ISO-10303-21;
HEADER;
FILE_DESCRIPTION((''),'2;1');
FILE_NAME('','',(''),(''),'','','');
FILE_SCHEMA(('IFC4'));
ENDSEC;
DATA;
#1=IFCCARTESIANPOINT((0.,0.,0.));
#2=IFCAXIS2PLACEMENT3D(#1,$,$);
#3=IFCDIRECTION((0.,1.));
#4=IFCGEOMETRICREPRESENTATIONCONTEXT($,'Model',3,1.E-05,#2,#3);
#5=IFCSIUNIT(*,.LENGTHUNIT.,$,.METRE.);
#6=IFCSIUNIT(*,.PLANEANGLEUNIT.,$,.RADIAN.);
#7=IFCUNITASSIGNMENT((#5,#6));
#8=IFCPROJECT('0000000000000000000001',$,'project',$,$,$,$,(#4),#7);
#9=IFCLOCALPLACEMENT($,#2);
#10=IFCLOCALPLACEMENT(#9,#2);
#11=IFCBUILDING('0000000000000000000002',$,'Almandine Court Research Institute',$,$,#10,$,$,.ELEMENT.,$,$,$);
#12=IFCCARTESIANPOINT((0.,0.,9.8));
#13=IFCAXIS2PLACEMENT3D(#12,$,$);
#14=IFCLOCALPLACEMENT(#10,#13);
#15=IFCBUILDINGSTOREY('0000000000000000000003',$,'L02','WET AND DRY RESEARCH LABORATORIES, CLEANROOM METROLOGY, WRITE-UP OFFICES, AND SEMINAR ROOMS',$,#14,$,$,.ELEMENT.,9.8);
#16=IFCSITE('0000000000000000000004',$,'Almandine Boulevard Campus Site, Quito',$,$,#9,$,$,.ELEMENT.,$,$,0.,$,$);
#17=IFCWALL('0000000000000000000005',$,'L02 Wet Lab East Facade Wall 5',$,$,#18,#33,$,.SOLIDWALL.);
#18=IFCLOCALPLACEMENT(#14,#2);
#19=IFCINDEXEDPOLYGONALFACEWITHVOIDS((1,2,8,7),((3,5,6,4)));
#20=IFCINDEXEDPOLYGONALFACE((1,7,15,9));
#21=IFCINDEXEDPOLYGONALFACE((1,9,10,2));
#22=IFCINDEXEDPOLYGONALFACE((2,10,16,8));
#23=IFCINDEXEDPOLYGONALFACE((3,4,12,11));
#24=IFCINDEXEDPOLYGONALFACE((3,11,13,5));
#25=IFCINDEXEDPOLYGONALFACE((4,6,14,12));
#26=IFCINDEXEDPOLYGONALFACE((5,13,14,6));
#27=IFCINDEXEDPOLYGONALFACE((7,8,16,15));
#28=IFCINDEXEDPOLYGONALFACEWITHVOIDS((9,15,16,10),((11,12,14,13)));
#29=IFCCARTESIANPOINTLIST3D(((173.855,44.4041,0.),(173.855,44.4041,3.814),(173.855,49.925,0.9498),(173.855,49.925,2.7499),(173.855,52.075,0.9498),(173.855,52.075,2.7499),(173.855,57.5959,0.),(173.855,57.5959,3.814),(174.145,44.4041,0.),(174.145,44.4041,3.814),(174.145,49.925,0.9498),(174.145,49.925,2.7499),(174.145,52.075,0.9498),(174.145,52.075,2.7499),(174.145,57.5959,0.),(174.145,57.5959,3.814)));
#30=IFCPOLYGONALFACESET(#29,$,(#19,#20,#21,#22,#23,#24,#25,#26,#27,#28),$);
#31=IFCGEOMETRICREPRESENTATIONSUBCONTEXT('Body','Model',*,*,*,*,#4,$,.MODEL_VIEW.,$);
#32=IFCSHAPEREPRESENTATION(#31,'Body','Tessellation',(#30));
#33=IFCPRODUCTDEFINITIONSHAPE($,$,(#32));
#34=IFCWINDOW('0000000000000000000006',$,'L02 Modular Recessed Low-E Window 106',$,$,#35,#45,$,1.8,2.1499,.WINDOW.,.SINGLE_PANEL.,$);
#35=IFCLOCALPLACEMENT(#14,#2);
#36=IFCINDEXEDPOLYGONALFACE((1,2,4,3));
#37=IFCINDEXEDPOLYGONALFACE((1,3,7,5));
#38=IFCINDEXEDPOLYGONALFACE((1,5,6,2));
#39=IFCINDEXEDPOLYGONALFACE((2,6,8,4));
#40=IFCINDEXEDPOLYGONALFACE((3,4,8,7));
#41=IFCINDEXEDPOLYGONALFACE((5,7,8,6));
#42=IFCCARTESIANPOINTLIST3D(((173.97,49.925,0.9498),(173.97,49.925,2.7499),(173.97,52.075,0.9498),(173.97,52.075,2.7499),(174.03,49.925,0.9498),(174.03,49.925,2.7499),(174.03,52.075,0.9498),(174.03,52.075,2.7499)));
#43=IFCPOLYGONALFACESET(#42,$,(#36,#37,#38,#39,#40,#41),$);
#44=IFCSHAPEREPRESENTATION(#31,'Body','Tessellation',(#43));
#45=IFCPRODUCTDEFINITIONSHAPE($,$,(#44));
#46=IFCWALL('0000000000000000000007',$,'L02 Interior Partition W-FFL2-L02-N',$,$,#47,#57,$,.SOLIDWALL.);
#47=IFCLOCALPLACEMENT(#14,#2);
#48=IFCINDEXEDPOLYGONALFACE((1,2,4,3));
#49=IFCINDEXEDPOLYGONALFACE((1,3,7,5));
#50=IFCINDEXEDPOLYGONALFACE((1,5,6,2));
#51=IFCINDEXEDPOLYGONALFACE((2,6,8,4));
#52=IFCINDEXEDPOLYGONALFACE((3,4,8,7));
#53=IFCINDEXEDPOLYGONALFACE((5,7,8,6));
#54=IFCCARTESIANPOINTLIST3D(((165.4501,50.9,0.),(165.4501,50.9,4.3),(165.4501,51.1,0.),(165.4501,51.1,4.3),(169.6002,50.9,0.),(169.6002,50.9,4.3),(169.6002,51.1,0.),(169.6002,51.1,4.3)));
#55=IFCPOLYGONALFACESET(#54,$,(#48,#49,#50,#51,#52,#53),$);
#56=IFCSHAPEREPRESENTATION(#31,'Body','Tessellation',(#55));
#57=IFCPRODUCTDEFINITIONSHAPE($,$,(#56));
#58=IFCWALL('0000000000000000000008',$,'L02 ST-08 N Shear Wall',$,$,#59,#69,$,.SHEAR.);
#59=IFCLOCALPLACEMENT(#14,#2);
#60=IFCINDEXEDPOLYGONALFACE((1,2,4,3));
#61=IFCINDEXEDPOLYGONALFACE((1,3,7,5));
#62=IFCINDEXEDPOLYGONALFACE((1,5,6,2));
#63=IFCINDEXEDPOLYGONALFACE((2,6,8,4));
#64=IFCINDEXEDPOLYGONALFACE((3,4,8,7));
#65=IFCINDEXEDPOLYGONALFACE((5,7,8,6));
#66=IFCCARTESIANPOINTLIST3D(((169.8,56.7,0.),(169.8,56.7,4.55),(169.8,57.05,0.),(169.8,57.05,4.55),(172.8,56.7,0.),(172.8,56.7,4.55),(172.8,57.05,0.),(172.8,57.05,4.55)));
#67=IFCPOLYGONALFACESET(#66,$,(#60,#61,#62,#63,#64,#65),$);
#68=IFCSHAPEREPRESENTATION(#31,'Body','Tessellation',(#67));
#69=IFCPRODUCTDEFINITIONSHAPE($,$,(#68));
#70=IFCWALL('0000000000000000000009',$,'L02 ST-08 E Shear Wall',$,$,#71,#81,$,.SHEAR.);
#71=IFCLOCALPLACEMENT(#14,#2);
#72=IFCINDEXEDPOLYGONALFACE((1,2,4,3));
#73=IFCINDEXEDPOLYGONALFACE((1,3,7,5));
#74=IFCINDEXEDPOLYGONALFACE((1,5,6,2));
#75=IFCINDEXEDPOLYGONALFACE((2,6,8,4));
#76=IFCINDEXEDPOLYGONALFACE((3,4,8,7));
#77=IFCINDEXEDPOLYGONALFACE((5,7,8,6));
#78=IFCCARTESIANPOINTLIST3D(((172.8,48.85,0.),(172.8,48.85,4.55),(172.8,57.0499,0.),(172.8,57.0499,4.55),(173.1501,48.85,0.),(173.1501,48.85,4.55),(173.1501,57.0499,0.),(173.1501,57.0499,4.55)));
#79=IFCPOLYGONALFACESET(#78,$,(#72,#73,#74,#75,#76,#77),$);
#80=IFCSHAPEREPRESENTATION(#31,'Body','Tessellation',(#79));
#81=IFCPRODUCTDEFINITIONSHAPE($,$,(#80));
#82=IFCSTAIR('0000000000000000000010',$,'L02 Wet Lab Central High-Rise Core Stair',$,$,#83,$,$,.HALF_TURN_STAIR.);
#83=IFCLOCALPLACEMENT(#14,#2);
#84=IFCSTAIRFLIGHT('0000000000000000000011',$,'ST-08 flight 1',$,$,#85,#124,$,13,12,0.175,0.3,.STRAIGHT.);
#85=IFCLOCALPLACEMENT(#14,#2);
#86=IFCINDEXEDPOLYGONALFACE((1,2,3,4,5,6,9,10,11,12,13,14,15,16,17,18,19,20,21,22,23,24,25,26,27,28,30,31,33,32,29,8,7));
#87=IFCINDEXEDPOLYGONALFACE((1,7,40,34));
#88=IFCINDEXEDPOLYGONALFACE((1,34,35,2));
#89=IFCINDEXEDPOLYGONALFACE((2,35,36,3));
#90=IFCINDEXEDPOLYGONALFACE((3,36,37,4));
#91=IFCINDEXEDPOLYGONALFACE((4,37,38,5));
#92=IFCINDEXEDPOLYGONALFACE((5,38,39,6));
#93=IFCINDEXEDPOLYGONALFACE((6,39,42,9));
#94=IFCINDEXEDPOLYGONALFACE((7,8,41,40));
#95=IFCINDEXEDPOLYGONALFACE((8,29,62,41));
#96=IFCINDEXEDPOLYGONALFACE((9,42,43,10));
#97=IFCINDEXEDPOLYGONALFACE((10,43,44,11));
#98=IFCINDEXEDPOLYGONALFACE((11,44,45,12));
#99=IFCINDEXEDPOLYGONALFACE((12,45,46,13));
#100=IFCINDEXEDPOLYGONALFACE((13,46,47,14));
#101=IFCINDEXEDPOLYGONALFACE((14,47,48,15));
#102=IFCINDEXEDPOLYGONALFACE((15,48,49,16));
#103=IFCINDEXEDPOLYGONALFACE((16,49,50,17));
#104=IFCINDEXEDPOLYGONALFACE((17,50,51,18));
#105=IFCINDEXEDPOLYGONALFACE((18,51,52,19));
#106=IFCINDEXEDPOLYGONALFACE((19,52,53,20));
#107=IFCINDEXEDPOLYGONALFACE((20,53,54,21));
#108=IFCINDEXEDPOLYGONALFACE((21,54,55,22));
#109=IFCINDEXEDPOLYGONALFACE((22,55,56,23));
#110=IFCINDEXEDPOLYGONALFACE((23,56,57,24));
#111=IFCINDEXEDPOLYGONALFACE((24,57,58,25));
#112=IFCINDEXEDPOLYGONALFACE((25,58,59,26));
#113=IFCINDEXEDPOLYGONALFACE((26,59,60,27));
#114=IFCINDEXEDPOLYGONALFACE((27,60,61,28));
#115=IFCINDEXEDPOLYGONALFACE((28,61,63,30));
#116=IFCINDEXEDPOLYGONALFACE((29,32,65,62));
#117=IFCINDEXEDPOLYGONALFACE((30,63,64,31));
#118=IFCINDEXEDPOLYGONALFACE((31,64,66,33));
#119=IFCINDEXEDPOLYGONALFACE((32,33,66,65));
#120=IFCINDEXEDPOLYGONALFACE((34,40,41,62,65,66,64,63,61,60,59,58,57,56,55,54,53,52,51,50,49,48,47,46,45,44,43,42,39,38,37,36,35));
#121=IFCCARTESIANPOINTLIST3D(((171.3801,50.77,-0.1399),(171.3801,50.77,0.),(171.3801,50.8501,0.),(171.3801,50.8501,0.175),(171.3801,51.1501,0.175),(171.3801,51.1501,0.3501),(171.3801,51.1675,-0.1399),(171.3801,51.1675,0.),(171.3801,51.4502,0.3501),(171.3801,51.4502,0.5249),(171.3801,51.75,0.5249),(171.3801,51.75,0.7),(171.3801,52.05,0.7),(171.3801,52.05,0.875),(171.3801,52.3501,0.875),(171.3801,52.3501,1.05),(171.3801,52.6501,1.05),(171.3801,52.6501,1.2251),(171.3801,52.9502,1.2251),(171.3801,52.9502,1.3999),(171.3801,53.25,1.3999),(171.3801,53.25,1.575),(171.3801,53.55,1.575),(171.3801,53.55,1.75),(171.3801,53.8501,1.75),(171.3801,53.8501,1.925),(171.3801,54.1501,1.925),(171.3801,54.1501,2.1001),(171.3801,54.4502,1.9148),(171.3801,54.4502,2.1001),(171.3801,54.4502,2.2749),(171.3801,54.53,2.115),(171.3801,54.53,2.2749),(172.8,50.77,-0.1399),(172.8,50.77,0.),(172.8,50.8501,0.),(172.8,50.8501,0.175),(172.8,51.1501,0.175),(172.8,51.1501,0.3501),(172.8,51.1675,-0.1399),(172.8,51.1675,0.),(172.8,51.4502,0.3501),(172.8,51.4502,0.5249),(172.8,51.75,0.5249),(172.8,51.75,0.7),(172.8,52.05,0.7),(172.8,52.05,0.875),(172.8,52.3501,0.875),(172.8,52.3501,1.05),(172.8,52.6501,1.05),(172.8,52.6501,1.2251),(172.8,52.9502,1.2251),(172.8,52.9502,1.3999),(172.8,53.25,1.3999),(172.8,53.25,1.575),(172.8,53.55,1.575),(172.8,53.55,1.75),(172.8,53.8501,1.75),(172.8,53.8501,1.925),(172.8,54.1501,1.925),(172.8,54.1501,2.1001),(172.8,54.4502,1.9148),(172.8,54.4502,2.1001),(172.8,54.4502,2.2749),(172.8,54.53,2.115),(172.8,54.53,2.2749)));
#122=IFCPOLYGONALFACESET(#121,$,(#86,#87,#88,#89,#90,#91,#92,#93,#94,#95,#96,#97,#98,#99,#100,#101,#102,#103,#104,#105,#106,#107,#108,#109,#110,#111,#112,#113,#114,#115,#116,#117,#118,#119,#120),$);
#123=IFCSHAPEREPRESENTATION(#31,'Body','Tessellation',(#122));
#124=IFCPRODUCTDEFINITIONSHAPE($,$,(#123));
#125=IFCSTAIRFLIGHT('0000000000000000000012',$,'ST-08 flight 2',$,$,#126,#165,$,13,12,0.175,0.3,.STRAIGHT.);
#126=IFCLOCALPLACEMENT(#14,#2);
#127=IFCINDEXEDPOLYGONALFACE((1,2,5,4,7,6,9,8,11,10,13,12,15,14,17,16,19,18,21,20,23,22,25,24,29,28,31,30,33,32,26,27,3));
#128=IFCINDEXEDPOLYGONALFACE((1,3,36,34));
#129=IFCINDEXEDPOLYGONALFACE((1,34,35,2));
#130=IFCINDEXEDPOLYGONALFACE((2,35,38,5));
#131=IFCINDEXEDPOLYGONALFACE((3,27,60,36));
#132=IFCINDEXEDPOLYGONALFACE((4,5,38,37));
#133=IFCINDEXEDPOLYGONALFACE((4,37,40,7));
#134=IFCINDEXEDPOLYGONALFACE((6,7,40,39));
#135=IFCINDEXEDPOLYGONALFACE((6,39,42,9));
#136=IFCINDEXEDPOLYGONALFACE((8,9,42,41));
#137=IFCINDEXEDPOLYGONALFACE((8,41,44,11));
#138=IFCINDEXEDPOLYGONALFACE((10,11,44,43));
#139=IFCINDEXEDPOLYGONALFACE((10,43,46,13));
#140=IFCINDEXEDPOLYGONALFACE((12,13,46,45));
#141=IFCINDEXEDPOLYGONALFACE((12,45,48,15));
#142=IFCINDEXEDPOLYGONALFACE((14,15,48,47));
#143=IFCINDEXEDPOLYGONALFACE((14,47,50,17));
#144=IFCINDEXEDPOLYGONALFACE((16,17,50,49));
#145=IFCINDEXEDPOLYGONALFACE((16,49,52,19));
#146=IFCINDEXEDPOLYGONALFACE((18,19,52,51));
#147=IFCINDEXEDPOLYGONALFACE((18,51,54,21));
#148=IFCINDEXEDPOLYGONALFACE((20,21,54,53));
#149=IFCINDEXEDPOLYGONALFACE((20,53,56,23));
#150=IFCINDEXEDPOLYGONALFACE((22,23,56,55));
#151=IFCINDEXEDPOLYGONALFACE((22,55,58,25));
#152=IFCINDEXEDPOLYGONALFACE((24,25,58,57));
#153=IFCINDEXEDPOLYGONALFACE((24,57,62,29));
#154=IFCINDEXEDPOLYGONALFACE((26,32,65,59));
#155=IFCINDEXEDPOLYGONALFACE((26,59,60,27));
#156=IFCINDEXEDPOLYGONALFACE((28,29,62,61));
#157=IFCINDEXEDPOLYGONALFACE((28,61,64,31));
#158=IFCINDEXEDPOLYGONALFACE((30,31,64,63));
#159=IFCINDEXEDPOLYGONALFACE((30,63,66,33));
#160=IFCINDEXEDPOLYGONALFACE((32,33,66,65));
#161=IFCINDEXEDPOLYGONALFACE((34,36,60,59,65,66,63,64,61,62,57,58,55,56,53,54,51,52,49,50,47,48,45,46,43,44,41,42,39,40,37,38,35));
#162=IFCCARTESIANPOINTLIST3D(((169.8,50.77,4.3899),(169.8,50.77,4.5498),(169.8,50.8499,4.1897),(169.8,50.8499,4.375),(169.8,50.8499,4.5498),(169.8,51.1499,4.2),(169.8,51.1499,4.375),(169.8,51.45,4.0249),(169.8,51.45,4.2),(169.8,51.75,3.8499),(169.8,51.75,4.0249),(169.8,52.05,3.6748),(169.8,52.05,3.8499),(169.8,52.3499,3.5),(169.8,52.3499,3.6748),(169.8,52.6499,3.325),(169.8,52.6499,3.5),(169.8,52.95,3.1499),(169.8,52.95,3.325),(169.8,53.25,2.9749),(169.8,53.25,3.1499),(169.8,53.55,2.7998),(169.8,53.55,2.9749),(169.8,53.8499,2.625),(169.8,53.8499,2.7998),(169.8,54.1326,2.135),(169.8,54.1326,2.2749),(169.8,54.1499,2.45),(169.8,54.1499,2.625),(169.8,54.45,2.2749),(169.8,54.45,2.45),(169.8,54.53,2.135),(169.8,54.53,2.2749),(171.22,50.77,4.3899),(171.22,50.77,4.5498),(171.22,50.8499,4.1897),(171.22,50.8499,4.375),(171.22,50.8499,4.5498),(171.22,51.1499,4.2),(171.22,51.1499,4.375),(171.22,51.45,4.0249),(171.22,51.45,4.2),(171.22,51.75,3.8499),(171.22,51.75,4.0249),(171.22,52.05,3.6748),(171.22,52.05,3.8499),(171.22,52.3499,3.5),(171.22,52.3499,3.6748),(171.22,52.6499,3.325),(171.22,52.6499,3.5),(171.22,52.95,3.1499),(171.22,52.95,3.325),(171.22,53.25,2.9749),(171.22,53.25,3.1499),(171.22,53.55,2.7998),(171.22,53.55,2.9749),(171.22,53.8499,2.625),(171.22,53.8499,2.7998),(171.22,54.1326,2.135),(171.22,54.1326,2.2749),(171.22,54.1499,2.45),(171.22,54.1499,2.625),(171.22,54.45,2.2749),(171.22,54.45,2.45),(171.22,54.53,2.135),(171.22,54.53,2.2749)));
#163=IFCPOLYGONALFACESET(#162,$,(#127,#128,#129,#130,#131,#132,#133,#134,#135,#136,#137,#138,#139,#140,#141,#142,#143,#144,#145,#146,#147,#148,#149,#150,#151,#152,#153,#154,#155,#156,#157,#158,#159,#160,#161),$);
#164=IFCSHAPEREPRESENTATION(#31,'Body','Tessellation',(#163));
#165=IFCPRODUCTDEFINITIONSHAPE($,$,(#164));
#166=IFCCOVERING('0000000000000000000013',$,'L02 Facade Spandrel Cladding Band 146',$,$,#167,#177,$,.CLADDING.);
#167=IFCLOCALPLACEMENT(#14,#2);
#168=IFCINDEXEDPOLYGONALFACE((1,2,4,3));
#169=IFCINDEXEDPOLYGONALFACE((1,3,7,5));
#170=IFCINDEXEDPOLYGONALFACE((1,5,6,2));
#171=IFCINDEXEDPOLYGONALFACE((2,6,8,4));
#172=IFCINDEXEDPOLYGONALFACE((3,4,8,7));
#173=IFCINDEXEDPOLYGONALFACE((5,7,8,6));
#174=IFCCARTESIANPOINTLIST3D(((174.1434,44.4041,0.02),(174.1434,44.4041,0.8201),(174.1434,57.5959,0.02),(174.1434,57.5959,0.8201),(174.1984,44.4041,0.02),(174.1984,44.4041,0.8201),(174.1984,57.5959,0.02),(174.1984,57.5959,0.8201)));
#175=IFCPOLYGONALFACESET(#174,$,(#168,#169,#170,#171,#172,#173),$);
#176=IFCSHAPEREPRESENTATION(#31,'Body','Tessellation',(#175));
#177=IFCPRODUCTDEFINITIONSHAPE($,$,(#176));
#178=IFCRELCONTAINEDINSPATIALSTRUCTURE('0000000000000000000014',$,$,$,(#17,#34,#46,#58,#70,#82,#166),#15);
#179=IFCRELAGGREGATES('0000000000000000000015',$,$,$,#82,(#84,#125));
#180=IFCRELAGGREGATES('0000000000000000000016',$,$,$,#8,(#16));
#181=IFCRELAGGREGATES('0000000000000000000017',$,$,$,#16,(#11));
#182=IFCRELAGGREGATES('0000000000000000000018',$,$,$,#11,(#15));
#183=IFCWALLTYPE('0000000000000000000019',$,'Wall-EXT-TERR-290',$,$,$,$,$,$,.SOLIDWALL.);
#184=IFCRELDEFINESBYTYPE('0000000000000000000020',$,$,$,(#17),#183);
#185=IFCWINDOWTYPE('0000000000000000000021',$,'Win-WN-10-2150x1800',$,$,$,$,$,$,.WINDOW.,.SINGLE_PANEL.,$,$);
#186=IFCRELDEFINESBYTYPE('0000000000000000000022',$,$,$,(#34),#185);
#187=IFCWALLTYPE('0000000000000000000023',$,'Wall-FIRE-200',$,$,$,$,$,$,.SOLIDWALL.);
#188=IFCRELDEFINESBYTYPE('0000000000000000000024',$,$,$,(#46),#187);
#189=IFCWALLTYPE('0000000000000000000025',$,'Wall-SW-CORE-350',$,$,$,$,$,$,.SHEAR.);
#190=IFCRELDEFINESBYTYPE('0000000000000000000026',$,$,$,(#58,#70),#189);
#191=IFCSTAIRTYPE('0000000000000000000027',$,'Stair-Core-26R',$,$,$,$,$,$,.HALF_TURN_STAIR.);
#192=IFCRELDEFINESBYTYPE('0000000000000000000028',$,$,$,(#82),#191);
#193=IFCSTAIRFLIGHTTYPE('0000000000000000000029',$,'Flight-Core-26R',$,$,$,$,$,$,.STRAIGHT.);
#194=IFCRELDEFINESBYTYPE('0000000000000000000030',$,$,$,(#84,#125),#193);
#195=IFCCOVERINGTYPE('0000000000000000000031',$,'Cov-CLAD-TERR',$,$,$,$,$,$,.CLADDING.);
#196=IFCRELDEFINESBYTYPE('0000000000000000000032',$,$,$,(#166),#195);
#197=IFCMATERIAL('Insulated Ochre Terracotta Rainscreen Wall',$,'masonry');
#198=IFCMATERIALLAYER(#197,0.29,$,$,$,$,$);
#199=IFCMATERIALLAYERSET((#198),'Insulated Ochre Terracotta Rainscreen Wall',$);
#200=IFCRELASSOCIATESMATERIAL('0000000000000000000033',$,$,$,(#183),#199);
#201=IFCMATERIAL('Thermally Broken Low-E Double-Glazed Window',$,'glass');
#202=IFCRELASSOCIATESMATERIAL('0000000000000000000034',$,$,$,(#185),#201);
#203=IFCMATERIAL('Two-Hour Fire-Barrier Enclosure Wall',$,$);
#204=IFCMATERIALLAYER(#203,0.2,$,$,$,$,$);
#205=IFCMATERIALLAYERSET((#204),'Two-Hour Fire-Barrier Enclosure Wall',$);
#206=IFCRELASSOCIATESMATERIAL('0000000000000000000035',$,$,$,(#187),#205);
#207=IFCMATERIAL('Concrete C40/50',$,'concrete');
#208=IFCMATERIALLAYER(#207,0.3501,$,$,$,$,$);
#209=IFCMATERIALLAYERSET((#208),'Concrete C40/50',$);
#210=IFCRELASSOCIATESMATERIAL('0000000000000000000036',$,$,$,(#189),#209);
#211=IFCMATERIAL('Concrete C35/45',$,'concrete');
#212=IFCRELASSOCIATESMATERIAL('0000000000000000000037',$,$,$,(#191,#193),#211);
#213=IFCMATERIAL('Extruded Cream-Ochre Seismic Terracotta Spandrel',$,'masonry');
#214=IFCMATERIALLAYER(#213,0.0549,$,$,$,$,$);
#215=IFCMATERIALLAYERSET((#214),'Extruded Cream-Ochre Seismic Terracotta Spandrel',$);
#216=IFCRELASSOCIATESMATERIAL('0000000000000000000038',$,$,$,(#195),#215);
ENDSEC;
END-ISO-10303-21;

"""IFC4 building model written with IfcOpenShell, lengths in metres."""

from ifc_helpers import new_model, si_unit, direction, frame, frame_2d, origin, origin_2d, place, context, subcontext, project, spatial, polyline, rectangle, outline, extrude, material, layer, layer_set, type_object, element, fill, aggregate, save


model = new_model("IFC4")

# Units and contexts
model_context = context("Model", 3, precision=1e-05, world=origin(), true_north=direction((0.0, 1.0)))
body_context = subcontext(model_context, "Body", "Model", "MODEL_VIEW")
ifc_project = project(units=[si_unit("LENGTHUNIT", "METRE"), si_unit("PLANEANGLEUNIT", "RADIAN")], contexts=[model_context])

# Site, building, storey
site_placement = place(None, origin())
site = spatial("IfcSite", under=ifc_project, at=site_placement, Name="Almandine Boulevard Campus Site, Quito", CompositionType="ELEMENT", RefElevation=0.0)
building_placement = place(site_placement, origin())
building = spatial("IfcBuilding", under=site, at=building_placement, Name="Almandine Court Research Institute", CompositionType="ELEMENT")
storey_placement = place(building_placement, frame((0.0, 0.0, 9.8)))
storey = spatial("IfcBuildingStorey", under=building, at=storey_placement, Name="L02", Description="WET AND DRY RESEARCH LABORATORIES, CLEANROOM METROLOGY, WRITE-UP OFFICES, AND SEMINAR ROOMS", CompositionType="ELEMENT", Elevation=9.8)

# Wall, opening, window
ifc_material_1 = material(Name="Insulated Ochre Terracotta Rainscreen Wall", Category="masonry")
ifc_layer_1 = layer(ifc_material_1, 0.29)
ifc_layer_set_1 = layer_set([ifc_layer_1], Name="Insulated Ochre Terracotta Rainscreen Wall")
wall_type_1 = type_object("IfcWallType", Name="Wall-EXT-TERR-290", PredefinedType="SOLIDWALL", material=ifc_layer_set_1)
wall_1_placement = place(storey_placement, frame((174.0, 57.5959, 0.0), z_axis=(0.0, 0.0, 1.0), x_axis=(0.0, -1.0, 0.0)))
wall_1 = element("IfcWall", 1, at=wall_1_placement, inside=storey, type_object=wall_type_1, Name="L02 Wet Lab East Facade Wall 5", PredefinedType="SOLIDWALL", context=body_context, shape_type="SweptSolid", body=[
    extrude(rectangle(XDim=13.1919, YDim=0.29, at=frame_2d((6.5959, 0.0))), origin(), (0.0, 0.0, 1.0), 3.814),
])
opening_placement = place(wall_1_placement, frame((5.521, 0.0, 0.95)))
opening = element("IfcOpeningElement", 2, at=opening_placement, cuts=wall_1, PredefinedType="OPENING", context=body_context, shape_type="SweptSolid", body=[
    extrude(rectangle(XDim=2.1499, YDim=1.8, at=frame_2d((1.075, 0.8999))), frame((0.0, 0.155, 0.0), z_axis=(0.0, -1.0, 0.0), x_axis=(1.0, 0.0, 0.0)), (0.0, 0.0, 1.0), 0.3101),
])
ifc_material_2 = material(Name="Thermally Broken Low-E Double-Glazed Window", Category="glass")
window_type = type_object("IfcWindowType", Name="Win-WN-10-2150x1800", PartitioningType="SINGLE_PANEL", PredefinedType="WINDOW", material=ifc_material_2)
window_placement = place(opening_placement, origin())
window = element("IfcWindow", 3, at=window_placement, inside=storey, type_object=window_type, Name="L02 Modular Recessed Low-E Window 106", OverallHeight=1.8, OverallWidth=2.1499, PartitioningType="SINGLE_PANEL", PredefinedType="WINDOW", context=body_context, shape_type="SweptSolid", body=[
    extrude(rectangle(XDim=2.1499, YDim=1.8, at=frame_2d((1.075, 0.8999))), frame((0.0, 0.03, 0.0), z_axis=(0.0, -1.0, 0.0), x_axis=(1.0, 0.0, 0.0)), (0.0, 0.0, 1.0), 0.0601),
])
fill(opening, window)

# Walls
ifc_material_3 = material(Name="Two-Hour Fire-Barrier Enclosure Wall")
ifc_layer_2 = layer(ifc_material_3, 0.2)
ifc_layer_set_2 = layer_set([ifc_layer_2], Name="Two-Hour Fire-Barrier Enclosure Wall")
wall_type_2 = type_object("IfcWallType", Name="Wall-FIRE-200", PredefinedType="SOLIDWALL", material=ifc_layer_set_2)
wall_2_placement = place(storey_placement, frame((165.45, 51.0, 0.0), z_axis=(0.0, 0.0, 1.0), x_axis=(1.0, 0.0, 0.0)))
element("IfcWall", 4, at=wall_2_placement, inside=storey, type_object=wall_type_2, Name="L02 Interior Partition W-FFL2-L02-N", PredefinedType="SOLIDWALL", context=body_context, shape_type="SweptSolid", body=[
    extrude(rectangle(XDim=4.1501, YDim=0.2, at=frame_2d((2.0752, 0.0))), origin(), (0.0, 0.0, 1.0), 4.3),
])
ifc_material_4 = material(Name="Concrete C40/50", Category="concrete")
ifc_layer_3 = layer(ifc_material_4, 0.3501)
ifc_layer_set_3 = layer_set([ifc_layer_3], Name="Concrete C40/50")
wall_type_3 = type_object("IfcWallType", Name="Wall-SW-CORE-350", PredefinedType="SHEAR", material=ifc_layer_set_3)
wall_3_placement = place(storey_placement, frame((169.8, 56.875, 0.0), z_axis=(0.0, 0.0, 1.0), x_axis=(1.0, 0.0, 0.0)))
element("IfcWall", 5, at=wall_3_placement, inside=storey, type_object=wall_type_3, Name="L02 ST-08 N Shear Wall", PredefinedType="SHEAR", context=body_context, shape_type="SweptSolid", body=[
    extrude(rectangle(XDim=3.0, YDim=0.3501, at=frame_2d((1.5, 0.0))), origin(), (0.0, 0.0, 1.0), 4.55),
])
wall_4_placement = place(storey_placement, frame((172.9751, 57.05, 0.0), z_axis=(0.0, 0.0, 1.0), x_axis=(0.0, -1.0, 0.0)))
element("IfcWall", 6, at=wall_4_placement, inside=storey, type_object=wall_type_3, Name="L02 ST-08 E Shear Wall", PredefinedType="SHEAR", context=body_context, shape_type="SweptSolid", body=[
    extrude(rectangle(XDim=8.2, YDim=0.3501, at=frame_2d((4.1001, 0.0))), origin(), (0.0, 0.0, 1.0), 4.55),
])

# Stair, stair flights
ifc_material_5 = material(Name="Concrete C35/45", Category="concrete")
stair_type = type_object("IfcStairType", Name="Stair-Core-26R", PredefinedType="HALF_TURN_STAIR", material=ifc_material_5)
stair_placement = place(storey_placement, origin())
stair = element("IfcStair", 7, at=stair_placement, inside=storey, type_object=stair_type, Name="L02 Wet Lab Central High-Rise Core Stair", PredefinedType="HALF_TURN_STAIR")
stair_flight_type = type_object("IfcStairFlightType", Name="Flight-Core-26R", PredefinedType="STRAIGHT", material=ifc_material_5)
stair_flight_1_placement = place(storey_placement, frame((172.0901, 50.8501, 0.0), z_axis=(0.0, 0.0, 1.0), x_axis=(0.0, 1.0, 0.0)))
stair_flight_1 = element("IfcStairFlight", 8, at=stair_flight_1_placement, type_object=stair_flight_type, Name="ST-08 flight 1", NumberOfRisers=13, NumberOfTreads=12, PredefinedType="STRAIGHT", RiserHeight=0.175, TreadLength=0.3, context=body_context, shape_type="SweptSolid", body=[
    extrude(outline(polyline([(-0.0801, -0.1399), (-0.0801, 0.0), (0.0, 0.0), (0.0, 0.175), (0.3, 0.175), (0.3, 0.3501), (0.6001, 0.3501), (0.6001, 0.5249), (0.8999, 0.5249), (0.8999, 0.7), (1.2, 0.7), (1.2, 0.875), (1.5, 0.875), (1.5, 1.05), (1.8, 1.05), (1.8, 1.2251), (2.1001, 1.2251), (2.1001, 1.3999), (2.3999, 1.3999), (2.3999, 1.575), (2.7, 1.575), (2.7, 1.75), (3.0, 1.75), (3.0, 1.925), (3.3, 1.925), (3.3, 2.1001), (3.6001, 2.1001), (3.6001, 2.2749), (3.6799, 2.2749), (3.6799, 2.115), (3.6001, 1.9148), (0.3174, 0.0), (0.3174, -0.1399), (-0.0801, -0.1399)])), frame((0.0, 0.71, 0.0), z_axis=(0.0, -1.0, 0.0), x_axis=(1.0, 0.0, 0.0)), (0.0, 0.0, 1.0), 1.4199),
])
stair_flight_2_placement = place(storey_placement, frame((170.51, 54.45, 2.2749), z_axis=(0.0, 0.0, 1.0), x_axis=(0.0, -1.0, 0.0)))
stair_flight_2 = element("IfcStairFlight", 9, at=stair_flight_2_placement, type_object=stair_flight_type, Name="ST-08 flight 2", NumberOfRisers=13, NumberOfTreads=12, PredefinedType="STRAIGHT", RiserHeight=0.175, TreadLength=0.3, context=body_context, shape_type="SweptSolid", body=[
    extrude(outline(polyline([(-0.0801, -0.1399), (-0.0801, 0.0), (0.0, 0.0), (0.0, 0.175), (0.3, 0.175), (0.3, 0.3501), (0.6001, 0.3501), (0.6001, 0.5249), (0.8999, 0.5249), (0.8999, 0.7), (1.2, 0.7), (1.2, 0.875), (1.5, 0.875), (1.5, 1.05), (1.8, 1.05), (1.8, 1.2251), (2.1001, 1.2251), (2.1001, 1.3999), (2.3999, 1.3999), (2.3999, 1.575), (2.7, 1.575), (2.7, 1.75), (3.0, 1.75), (3.0, 1.925), (3.3, 1.925), (3.3, 2.1001), (3.6001, 2.1001), (3.6001, 2.2749), (3.6799, 2.2749), (3.6799, 2.115), (3.6001, 1.9148), (0.3174, 0.0), (0.3174, -0.1399), (-0.0801, -0.1399)])), frame((0.0, 0.71, 0.0), z_axis=(0.0, -1.0, 0.0), x_axis=(1.0, 0.0, 0.0)), (0.0, 0.0, 1.0), 1.4199),
])
aggregate(stair, [stair_flight_1, stair_flight_2])

# Covering
ifc_material_6 = material(Name="Extruded Cream-Ochre Seismic Terracotta Spandrel", Category="masonry")
ifc_layer_4 = layer(ifc_material_6, 0.0549)
ifc_layer_set_4 = layer_set([ifc_layer_4], Name="Extruded Cream-Ochre Seismic Terracotta Spandrel")
covering_type = type_object("IfcCoveringType", Name="Cov-CLAD-TERR", PredefinedType="CLADDING", material=ifc_layer_set_4)
covering_placement = place(storey_placement, frame((174.1709, 51.0, 0.02), z_axis=(0.0, 0.0, 1.0), x_axis=(0.0, -1.0, 0.0)))
element("IfcCovering", 10, at=covering_placement, inside=storey, type_object=covering_type, Name="L02 Facade Spandrel Cladding Band 146", PredefinedType="CLADDING", context=body_context, shape_type="SweptSolid", body=[
    extrude(rectangle(XDim=13.1919, YDim=0.0549, at=origin_2d()), origin(), (0.0, 0.0, 1.0), 0.8),
])

save(model, "model.ifc")
